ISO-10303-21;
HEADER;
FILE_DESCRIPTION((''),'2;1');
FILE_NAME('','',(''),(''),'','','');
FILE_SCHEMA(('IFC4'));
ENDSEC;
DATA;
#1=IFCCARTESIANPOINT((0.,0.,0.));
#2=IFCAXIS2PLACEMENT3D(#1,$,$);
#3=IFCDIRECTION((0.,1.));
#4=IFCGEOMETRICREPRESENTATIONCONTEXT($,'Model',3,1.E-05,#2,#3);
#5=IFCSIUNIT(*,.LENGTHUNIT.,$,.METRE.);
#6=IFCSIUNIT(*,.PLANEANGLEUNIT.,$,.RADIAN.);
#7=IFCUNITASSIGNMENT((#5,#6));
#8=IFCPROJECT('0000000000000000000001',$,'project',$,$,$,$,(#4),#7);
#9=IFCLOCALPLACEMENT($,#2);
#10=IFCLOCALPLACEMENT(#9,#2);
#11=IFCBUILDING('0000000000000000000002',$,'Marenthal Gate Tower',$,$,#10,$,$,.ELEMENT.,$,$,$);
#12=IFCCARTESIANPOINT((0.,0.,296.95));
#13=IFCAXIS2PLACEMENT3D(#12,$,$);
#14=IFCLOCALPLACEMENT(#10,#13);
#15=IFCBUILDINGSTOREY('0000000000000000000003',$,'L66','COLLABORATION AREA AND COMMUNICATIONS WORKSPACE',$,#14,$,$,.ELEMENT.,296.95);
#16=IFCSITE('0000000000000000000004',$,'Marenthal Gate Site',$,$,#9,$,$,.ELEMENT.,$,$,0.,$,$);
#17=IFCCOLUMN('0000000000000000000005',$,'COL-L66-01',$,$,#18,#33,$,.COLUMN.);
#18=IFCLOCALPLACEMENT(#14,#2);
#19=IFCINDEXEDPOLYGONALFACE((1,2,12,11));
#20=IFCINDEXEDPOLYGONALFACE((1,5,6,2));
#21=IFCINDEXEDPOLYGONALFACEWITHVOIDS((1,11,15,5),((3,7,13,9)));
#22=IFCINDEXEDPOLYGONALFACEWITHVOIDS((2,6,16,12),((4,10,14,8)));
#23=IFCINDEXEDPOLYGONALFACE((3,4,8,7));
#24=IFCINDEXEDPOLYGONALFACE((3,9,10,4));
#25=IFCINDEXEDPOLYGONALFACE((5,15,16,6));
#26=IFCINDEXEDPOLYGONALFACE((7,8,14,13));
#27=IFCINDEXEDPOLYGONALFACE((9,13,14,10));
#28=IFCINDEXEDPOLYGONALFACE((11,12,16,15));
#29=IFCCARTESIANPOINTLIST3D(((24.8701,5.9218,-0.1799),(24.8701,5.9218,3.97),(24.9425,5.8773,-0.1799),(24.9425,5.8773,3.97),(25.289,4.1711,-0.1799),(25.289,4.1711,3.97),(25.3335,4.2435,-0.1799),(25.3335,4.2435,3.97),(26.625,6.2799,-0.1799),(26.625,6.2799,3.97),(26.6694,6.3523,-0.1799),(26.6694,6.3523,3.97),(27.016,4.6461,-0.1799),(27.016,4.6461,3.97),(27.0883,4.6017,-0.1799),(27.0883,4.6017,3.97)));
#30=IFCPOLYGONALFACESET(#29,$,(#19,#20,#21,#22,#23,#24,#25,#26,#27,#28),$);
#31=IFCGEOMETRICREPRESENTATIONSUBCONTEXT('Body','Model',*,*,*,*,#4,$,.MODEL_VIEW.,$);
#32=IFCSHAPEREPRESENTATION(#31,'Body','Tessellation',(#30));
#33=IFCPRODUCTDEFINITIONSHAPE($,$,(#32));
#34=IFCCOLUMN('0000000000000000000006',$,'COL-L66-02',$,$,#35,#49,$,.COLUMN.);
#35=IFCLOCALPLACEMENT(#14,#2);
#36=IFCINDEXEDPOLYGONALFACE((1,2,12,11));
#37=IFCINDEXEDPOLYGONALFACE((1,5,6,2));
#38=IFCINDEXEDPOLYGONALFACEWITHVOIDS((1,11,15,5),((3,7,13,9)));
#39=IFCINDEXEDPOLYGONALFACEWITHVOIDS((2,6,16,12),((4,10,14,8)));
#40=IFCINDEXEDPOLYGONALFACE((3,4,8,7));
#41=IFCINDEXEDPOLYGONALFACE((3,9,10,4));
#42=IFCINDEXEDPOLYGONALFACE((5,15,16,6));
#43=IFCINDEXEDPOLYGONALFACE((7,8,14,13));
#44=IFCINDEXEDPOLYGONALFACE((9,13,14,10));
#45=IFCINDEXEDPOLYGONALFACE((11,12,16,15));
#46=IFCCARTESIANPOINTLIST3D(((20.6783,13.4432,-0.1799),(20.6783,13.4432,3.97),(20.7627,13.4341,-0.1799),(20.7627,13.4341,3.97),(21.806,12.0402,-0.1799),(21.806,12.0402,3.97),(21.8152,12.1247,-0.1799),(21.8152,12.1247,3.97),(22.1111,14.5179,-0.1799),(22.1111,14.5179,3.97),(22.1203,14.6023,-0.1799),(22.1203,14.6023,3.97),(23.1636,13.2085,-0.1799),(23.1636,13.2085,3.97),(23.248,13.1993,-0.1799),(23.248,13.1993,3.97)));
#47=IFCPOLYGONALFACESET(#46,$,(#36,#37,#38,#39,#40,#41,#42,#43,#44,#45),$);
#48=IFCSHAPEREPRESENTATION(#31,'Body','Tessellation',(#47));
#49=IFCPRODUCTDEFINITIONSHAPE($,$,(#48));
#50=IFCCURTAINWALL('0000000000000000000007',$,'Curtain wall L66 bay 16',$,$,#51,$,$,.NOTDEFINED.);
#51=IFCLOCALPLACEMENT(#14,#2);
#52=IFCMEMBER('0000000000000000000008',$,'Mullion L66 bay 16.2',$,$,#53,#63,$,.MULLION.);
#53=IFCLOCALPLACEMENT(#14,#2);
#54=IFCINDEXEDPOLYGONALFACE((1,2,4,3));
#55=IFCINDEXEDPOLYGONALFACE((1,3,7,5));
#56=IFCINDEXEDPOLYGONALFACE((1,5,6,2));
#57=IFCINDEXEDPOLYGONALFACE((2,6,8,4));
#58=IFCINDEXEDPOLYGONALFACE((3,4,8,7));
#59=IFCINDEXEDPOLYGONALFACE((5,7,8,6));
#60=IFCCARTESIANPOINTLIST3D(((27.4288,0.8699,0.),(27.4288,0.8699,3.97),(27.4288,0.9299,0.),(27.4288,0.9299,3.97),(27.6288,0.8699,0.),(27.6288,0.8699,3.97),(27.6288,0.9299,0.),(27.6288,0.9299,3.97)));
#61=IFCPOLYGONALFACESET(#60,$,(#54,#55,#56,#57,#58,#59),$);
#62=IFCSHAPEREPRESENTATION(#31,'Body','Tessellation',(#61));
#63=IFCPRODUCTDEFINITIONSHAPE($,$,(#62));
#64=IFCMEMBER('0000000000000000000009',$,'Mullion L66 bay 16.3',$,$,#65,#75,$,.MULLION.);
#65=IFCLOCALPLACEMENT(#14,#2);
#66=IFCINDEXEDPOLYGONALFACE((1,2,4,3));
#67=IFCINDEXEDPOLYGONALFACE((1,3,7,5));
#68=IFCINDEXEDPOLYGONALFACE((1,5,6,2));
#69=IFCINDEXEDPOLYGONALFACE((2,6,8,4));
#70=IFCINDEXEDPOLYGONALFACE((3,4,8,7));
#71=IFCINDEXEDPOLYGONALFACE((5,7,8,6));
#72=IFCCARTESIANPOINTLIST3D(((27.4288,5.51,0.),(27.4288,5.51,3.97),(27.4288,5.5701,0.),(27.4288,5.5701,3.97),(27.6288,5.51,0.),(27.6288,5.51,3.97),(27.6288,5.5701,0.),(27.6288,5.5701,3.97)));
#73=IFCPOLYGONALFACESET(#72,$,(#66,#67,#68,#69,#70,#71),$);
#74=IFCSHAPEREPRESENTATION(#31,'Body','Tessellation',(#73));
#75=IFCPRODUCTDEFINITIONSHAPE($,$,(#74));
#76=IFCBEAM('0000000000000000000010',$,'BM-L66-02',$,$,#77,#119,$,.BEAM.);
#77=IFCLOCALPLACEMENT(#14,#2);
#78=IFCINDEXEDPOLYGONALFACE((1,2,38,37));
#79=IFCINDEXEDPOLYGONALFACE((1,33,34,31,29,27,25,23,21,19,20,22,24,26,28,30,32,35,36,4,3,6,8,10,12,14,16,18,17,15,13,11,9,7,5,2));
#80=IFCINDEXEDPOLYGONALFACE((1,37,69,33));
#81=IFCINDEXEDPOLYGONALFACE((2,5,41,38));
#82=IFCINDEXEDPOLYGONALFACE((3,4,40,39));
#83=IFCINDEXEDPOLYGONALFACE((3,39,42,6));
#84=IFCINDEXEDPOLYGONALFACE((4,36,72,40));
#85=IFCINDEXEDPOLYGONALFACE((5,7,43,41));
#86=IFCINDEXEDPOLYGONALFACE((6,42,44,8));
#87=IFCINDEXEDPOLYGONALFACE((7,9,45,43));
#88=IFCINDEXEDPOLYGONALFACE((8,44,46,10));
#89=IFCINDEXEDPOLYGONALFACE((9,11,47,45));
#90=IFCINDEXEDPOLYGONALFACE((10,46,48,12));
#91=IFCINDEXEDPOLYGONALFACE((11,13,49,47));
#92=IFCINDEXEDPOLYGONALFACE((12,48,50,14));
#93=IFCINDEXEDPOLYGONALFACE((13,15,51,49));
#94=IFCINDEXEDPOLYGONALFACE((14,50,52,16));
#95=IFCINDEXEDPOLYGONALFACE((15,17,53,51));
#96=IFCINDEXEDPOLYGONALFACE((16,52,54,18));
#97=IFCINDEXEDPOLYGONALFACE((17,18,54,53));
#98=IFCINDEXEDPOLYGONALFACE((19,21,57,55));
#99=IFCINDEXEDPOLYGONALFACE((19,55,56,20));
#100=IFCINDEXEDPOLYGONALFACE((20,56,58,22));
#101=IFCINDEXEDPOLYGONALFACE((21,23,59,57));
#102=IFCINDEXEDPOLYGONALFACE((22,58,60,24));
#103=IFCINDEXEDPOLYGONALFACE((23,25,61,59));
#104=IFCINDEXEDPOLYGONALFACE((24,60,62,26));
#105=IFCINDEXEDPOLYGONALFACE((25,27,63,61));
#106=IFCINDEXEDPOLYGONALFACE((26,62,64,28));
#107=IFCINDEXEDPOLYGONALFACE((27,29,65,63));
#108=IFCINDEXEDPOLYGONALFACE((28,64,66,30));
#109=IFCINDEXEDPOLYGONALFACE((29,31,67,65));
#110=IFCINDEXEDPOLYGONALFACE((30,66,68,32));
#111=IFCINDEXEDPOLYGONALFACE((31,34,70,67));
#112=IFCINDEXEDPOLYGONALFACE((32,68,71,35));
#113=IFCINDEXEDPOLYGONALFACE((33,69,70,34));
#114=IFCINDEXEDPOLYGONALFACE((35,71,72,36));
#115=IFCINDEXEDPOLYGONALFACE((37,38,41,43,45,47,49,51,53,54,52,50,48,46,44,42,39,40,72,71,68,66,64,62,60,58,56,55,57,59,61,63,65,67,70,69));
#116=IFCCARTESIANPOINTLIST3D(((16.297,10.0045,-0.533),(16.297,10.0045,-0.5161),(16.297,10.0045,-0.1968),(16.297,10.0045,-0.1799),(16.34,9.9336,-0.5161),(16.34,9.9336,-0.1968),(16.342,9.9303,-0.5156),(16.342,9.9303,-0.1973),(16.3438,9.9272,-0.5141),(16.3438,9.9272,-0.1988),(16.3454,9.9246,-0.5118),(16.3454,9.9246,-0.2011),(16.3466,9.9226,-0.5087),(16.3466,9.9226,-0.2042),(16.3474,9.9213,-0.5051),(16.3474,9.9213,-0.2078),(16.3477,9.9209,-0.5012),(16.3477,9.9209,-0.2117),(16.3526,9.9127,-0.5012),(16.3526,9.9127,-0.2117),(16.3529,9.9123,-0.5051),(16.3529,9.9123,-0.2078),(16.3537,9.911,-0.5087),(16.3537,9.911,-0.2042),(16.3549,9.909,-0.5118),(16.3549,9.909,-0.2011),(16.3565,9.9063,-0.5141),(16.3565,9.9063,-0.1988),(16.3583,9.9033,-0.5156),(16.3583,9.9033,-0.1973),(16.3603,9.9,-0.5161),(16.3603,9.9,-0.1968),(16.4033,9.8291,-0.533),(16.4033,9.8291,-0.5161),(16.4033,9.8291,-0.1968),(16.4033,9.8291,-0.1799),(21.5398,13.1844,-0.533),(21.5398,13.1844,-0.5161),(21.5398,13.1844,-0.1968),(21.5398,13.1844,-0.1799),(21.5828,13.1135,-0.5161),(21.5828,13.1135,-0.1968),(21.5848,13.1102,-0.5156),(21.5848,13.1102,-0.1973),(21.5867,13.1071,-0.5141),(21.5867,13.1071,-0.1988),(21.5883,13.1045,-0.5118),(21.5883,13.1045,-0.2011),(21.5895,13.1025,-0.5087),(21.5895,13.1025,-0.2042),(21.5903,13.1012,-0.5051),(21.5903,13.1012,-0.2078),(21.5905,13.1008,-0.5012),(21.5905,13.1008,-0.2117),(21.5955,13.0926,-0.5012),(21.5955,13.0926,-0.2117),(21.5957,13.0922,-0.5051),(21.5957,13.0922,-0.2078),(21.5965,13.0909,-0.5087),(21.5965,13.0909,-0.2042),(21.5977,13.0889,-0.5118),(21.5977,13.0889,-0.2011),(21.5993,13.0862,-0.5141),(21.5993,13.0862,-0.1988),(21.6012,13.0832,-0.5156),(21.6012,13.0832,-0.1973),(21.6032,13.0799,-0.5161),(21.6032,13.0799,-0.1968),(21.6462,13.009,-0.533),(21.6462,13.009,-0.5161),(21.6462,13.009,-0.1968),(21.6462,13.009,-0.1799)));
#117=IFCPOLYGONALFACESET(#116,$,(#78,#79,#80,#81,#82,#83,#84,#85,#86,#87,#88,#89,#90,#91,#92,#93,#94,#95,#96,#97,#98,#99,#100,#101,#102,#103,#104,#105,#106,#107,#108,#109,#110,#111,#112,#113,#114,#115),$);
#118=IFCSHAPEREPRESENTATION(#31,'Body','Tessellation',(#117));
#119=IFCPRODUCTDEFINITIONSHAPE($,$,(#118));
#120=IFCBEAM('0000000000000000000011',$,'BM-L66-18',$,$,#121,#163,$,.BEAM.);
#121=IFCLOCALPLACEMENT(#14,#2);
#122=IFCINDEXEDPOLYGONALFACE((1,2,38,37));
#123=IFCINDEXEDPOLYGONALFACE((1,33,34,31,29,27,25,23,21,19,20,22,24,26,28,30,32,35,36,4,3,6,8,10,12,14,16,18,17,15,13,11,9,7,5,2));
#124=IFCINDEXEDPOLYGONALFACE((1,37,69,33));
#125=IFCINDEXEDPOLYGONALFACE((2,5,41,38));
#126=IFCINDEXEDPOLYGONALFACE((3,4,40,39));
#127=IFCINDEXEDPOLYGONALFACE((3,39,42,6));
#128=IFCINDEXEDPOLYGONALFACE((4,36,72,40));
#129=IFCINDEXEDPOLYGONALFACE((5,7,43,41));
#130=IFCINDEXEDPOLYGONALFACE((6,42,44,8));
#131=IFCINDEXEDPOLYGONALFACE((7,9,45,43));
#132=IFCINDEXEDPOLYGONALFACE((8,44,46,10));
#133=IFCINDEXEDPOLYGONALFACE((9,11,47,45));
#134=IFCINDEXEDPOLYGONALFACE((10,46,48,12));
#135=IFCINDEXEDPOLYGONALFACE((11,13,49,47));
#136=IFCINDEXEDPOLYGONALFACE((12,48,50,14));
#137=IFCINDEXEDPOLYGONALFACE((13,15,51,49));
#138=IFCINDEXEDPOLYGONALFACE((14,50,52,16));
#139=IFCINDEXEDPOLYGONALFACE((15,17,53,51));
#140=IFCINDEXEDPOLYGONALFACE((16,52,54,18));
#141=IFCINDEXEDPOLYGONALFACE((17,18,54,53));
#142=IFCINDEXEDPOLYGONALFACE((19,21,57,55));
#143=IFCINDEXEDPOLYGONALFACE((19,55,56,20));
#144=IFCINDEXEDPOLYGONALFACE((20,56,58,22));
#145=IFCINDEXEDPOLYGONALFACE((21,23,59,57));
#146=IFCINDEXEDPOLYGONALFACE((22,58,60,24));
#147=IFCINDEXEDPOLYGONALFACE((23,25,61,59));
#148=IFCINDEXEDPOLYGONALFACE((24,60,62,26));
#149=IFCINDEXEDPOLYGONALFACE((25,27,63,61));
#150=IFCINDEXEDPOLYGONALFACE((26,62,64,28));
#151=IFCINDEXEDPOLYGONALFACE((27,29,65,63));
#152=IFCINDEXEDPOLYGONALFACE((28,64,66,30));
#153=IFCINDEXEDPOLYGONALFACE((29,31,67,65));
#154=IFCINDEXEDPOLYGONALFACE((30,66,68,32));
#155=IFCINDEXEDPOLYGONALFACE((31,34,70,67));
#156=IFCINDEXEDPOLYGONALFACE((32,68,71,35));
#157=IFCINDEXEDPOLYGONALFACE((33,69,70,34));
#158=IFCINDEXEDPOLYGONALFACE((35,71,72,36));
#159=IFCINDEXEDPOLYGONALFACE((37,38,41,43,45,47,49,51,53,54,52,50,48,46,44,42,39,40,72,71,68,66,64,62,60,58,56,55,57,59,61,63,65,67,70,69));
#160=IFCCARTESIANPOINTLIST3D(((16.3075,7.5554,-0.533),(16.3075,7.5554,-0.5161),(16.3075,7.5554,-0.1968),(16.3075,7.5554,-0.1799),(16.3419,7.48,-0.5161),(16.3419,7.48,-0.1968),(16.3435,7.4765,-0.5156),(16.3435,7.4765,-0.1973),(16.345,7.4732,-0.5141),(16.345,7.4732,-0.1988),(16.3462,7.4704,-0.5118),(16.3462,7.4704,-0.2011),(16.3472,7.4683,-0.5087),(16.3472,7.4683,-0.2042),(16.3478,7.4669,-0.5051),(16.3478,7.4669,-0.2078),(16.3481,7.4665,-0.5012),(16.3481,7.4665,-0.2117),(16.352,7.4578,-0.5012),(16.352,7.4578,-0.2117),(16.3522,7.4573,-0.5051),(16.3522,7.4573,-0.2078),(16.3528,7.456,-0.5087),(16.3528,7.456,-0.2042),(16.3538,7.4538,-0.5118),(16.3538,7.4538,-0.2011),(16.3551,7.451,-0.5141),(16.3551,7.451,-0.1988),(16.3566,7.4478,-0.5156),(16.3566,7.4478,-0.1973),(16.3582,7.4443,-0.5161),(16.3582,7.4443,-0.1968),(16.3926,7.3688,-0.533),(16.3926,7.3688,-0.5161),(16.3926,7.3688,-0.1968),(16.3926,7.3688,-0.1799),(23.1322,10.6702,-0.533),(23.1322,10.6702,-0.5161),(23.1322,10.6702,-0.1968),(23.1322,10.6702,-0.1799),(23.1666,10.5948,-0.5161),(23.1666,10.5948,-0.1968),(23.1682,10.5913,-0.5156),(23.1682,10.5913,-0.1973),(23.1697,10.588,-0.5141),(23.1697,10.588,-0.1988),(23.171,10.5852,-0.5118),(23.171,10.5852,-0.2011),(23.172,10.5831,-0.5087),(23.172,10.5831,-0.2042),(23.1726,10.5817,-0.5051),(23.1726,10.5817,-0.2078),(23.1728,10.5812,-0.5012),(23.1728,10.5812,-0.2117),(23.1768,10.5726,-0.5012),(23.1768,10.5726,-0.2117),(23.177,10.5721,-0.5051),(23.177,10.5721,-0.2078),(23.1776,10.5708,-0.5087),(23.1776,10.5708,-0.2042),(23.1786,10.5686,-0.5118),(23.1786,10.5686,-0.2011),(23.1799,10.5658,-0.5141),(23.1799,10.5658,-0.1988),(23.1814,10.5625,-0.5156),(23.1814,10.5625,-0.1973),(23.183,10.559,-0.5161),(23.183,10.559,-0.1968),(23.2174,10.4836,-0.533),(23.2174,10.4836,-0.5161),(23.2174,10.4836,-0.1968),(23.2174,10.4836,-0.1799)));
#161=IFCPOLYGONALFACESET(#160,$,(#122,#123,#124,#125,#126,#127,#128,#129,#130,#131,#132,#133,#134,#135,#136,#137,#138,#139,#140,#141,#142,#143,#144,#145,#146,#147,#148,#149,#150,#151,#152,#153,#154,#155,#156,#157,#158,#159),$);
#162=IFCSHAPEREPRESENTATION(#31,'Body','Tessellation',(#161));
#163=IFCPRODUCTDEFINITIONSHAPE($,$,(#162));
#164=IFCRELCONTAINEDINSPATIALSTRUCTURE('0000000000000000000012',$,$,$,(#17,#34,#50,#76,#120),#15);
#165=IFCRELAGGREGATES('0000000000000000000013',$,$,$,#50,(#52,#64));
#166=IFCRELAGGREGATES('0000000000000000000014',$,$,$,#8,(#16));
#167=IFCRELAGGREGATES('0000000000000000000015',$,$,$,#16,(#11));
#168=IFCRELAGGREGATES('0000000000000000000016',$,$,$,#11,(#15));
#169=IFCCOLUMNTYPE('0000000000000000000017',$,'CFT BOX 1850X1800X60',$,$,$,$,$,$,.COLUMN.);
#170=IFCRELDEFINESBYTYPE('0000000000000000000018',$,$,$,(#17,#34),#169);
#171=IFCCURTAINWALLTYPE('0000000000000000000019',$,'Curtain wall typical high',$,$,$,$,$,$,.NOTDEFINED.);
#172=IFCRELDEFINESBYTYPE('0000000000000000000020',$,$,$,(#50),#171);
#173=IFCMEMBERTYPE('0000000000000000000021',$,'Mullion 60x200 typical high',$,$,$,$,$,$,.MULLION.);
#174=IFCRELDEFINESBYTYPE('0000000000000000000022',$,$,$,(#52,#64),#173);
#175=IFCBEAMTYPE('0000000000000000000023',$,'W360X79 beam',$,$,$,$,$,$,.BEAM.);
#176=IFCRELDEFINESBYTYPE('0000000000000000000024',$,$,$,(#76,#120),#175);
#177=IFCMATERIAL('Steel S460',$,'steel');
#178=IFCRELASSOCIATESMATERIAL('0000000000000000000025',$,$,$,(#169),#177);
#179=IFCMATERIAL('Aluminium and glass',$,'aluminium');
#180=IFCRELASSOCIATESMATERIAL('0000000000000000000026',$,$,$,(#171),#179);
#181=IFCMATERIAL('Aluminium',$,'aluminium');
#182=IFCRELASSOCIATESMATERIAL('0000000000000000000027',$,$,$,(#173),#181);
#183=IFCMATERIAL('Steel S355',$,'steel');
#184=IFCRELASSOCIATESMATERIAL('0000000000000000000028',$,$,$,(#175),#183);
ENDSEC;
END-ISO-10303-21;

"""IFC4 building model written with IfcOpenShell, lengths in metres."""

from ifc_helpers import new_model, si_unit, direction, frame, origin, origin_2d, place, context, subcontext, project, spatial, rectangle, hollow_rectangle, i_section, extrude, material, material_profile, profile_set, type_object, element, aggregate, save


model = new_model("IFC4")

# Units and contexts
model_context = context("Model", 3, precision=1e-05, world=origin(), true_north=direction((0.0, 1.0)))
body_context = subcontext(model_context, "Body", "Model", "MODEL_VIEW")
ifc_project = project(units=[si_unit("LENGTHUNIT", "METRE"), si_unit("PLANEANGLEUNIT", "RADIAN")], contexts=[model_context])

# Site, building, storey
site_placement = place(None, origin())
site = spatial("IfcSite", under=ifc_project, at=site_placement, Name="Marenthal Gate Site", CompositionType="ELEMENT", RefElevation=0.0)
building_placement = place(site_placement, origin())
building = spatial("IfcBuilding", under=site, at=building_placement, Name="Marenthal Gate Tower", CompositionType="ELEMENT")
storey_placement = place(building_placement, frame((0.0, 0.0, 296.95)))
storey = spatial("IfcBuildingStorey", under=building, at=storey_placement, Name="L66", Description="COLLABORATION AREA AND COMMUNICATIONS WORKSPACE", CompositionType="ELEMENT", Elevation=296.95)

# Columns
ifc_material_1 = material(Name="Steel S460", Category="steel")
ifc_material_profile_1 = material_profile(ifc_material_1, hollow_rectangle(XDim=1.8, YDim=1.8501, WallThickness=0.0601, at=origin_2d()), Name="CFT BOX 1850X1800X60")
ifc_material_2 = material(Name="Concrete 70 MPa", Category="concrete")
ifc_material_profile_2 = material_profile(ifc_material_2, rectangle(XDim=1.6799, YDim=1.73, at=origin_2d()), Name="CFT BOX 1850X1800X60 INFILL")
ifc_profile_set_1 = profile_set([ifc_material_profile_1, ifc_material_profile_2], Name="Steel S460 shell, Concrete 70 MPa infill")
column_type = type_object("IfcColumnType", Name="CFT BOX 1850X1800X60", PredefinedType="COLUMN", material=ifc_profile_set_1)
for number, where, z_axis, x_axis, name in (
    (1, (25.9792, 5.2617, -0.1799), (0.0, 0.0, 1.0), (0.232716, -0.972545, 0.0), "COL-L66-01"),
    (2, (21.9631, 13.3213, -0.1799), (0.0, 0.0, 1.0), (0.626499, -0.779422, 0.0), "COL-L66-02"),
):
    element("IfcColumn", number, at=place(storey_placement, frame(where, z_axis=z_axis, x_axis=x_axis)), inside=storey, type_object=column_type, Name=name, PredefinedType="COLUMN", context=body_context, shape_type="SweptSolid", body=[
        extrude(hollow_rectangle(XDim=1.8, YDim=1.8501, WallThickness=0.0601, at=origin_2d()), origin(), (0.0, 0.0, 1.0), 4.1499),
    ])

# Curtain wall, members
ifc_material_3 = material(Name="Aluminium and glass", Category="aluminium")
curtain_wall_type = type_object("IfcCurtainWallType", Name="Curtain wall typical high", PredefinedType="NOTDEFINED", material=ifc_material_3)
curtain_wall_placement = place(storey_placement, origin())
curtain_wall = element("IfcCurtainWall", 3, at=curtain_wall_placement, inside=storey, type_object=curtain_wall_type, Name="Curtain wall L66 bay 16", PredefinedType="NOTDEFINED")
ifc_material_4 = material(Name="Aluminium", Category="aluminium")
ifc_material_profile_3 = material_profile(ifc_material_4, rectangle(XDim=0.2, YDim=0.0601, at=origin_2d()), Name="60x200 aluminium mullion")
ifc_profile_set_2 = profile_set([ifc_material_profile_3], Name="Aluminium")
member_type = type_object("IfcMemberType", Name="Mullion 60x200 typical high", PredefinedType="MULLION", material=ifc_profile_set_2)
member_1_placement = place(storey_placement, frame((27.5288, 0.8999, 0.0), z_axis=(0.0, 0.0, 1.0), x_axis=(-1.0, 0.0, 0.0)))
member_1 = element("IfcMember", 4, at=member_1_placement, type_object=member_type, Name="Mullion L66 bay 16.2", PredefinedType="MULLION", context=body_context, shape_type="SweptSolid", body=[
    extrude(rectangle(XDim=0.2, YDim=0.0601, at=origin_2d()), origin(), (0.0, 0.0, 1.0), 3.97),
])
member_2_placement = place(storey_placement, frame((27.5288, 5.54, 0.0), z_axis=(0.0, 0.0, 1.0), x_axis=(-1.0, 0.0, 0.0)))
member_2 = element("IfcMember", 5, at=member_2_placement, type_object=member_type, Name="Mullion L66 bay 16.3", PredefinedType="MULLION", context=body_context, shape_type="SweptSolid", body=[
    extrude(rectangle(XDim=0.2, YDim=0.0601, at=origin_2d()), origin(), (0.0, 0.0, 1.0), 3.97),
])

# Beams
ifc_material_5 = material(Name="Steel S355", Category="steel")
ifc_material_profile_4 = material_profile(ifc_material_5, i_section(OverallWidth=0.2051, OverallDepth=0.353, WebThickness=0.0095, FlangeThickness=0.0168, FilletRadius=0.0149, at=origin_2d()), Name="W360X79")
ifc_profile_set_3 = profile_set([ifc_material_profile_4], Name="Steel S355")
beam_type_1 = type_object("IfcBeamType", Name="W360X79 beam", PredefinedType="BEAM", material=ifc_profile_set_3)
beam_1_placement = place(storey_placement, frame((21.593, 13.0967, -0.3564), z_axis=(-0.855024, -0.518588, 0.0), x_axis=(0.518588, -0.855024, 0.0)))
element("IfcBeam", 6, at=beam_1_placement, inside=storey, type_object=beam_type_1, Name="BM-L66-02", PredefinedType="BEAM", context=body_context, shape_type="SweptSolid", body=[
    extrude(i_section(OverallWidth=0.2051, OverallDepth=0.353, WebThickness=0.0095, FlangeThickness=0.0168, FilletRadius=0.0149, at=origin_2d()), origin(), (0.0, 0.0, 1.0), 6.1318),
])
beam_2_placement = place(storey_placement, frame((23.1748, 10.5769, -0.3564), z_axis=(-0.909732, -0.415195, 0.0), x_axis=(0.415195, -0.909732, 0.0)))
element("IfcBeam", 7, at=beam_2_placement, inside=storey, type_object=beam_type_1, Name="BM-L66-18", PredefinedType="BEAM", context=body_context, shape_type="SweptSolid", body=[
    extrude(i_section(OverallWidth=0.2051, OverallDepth=0.353, WebThickness=0.0095, FlangeThickness=0.0168, FilletRadius=0.0149, at=origin_2d()), origin(), (0.0, 0.0, 1.0), 7.502),
])

aggregate(curtain_wall, [member_1, member_2])

save(model, "model.ifc")
